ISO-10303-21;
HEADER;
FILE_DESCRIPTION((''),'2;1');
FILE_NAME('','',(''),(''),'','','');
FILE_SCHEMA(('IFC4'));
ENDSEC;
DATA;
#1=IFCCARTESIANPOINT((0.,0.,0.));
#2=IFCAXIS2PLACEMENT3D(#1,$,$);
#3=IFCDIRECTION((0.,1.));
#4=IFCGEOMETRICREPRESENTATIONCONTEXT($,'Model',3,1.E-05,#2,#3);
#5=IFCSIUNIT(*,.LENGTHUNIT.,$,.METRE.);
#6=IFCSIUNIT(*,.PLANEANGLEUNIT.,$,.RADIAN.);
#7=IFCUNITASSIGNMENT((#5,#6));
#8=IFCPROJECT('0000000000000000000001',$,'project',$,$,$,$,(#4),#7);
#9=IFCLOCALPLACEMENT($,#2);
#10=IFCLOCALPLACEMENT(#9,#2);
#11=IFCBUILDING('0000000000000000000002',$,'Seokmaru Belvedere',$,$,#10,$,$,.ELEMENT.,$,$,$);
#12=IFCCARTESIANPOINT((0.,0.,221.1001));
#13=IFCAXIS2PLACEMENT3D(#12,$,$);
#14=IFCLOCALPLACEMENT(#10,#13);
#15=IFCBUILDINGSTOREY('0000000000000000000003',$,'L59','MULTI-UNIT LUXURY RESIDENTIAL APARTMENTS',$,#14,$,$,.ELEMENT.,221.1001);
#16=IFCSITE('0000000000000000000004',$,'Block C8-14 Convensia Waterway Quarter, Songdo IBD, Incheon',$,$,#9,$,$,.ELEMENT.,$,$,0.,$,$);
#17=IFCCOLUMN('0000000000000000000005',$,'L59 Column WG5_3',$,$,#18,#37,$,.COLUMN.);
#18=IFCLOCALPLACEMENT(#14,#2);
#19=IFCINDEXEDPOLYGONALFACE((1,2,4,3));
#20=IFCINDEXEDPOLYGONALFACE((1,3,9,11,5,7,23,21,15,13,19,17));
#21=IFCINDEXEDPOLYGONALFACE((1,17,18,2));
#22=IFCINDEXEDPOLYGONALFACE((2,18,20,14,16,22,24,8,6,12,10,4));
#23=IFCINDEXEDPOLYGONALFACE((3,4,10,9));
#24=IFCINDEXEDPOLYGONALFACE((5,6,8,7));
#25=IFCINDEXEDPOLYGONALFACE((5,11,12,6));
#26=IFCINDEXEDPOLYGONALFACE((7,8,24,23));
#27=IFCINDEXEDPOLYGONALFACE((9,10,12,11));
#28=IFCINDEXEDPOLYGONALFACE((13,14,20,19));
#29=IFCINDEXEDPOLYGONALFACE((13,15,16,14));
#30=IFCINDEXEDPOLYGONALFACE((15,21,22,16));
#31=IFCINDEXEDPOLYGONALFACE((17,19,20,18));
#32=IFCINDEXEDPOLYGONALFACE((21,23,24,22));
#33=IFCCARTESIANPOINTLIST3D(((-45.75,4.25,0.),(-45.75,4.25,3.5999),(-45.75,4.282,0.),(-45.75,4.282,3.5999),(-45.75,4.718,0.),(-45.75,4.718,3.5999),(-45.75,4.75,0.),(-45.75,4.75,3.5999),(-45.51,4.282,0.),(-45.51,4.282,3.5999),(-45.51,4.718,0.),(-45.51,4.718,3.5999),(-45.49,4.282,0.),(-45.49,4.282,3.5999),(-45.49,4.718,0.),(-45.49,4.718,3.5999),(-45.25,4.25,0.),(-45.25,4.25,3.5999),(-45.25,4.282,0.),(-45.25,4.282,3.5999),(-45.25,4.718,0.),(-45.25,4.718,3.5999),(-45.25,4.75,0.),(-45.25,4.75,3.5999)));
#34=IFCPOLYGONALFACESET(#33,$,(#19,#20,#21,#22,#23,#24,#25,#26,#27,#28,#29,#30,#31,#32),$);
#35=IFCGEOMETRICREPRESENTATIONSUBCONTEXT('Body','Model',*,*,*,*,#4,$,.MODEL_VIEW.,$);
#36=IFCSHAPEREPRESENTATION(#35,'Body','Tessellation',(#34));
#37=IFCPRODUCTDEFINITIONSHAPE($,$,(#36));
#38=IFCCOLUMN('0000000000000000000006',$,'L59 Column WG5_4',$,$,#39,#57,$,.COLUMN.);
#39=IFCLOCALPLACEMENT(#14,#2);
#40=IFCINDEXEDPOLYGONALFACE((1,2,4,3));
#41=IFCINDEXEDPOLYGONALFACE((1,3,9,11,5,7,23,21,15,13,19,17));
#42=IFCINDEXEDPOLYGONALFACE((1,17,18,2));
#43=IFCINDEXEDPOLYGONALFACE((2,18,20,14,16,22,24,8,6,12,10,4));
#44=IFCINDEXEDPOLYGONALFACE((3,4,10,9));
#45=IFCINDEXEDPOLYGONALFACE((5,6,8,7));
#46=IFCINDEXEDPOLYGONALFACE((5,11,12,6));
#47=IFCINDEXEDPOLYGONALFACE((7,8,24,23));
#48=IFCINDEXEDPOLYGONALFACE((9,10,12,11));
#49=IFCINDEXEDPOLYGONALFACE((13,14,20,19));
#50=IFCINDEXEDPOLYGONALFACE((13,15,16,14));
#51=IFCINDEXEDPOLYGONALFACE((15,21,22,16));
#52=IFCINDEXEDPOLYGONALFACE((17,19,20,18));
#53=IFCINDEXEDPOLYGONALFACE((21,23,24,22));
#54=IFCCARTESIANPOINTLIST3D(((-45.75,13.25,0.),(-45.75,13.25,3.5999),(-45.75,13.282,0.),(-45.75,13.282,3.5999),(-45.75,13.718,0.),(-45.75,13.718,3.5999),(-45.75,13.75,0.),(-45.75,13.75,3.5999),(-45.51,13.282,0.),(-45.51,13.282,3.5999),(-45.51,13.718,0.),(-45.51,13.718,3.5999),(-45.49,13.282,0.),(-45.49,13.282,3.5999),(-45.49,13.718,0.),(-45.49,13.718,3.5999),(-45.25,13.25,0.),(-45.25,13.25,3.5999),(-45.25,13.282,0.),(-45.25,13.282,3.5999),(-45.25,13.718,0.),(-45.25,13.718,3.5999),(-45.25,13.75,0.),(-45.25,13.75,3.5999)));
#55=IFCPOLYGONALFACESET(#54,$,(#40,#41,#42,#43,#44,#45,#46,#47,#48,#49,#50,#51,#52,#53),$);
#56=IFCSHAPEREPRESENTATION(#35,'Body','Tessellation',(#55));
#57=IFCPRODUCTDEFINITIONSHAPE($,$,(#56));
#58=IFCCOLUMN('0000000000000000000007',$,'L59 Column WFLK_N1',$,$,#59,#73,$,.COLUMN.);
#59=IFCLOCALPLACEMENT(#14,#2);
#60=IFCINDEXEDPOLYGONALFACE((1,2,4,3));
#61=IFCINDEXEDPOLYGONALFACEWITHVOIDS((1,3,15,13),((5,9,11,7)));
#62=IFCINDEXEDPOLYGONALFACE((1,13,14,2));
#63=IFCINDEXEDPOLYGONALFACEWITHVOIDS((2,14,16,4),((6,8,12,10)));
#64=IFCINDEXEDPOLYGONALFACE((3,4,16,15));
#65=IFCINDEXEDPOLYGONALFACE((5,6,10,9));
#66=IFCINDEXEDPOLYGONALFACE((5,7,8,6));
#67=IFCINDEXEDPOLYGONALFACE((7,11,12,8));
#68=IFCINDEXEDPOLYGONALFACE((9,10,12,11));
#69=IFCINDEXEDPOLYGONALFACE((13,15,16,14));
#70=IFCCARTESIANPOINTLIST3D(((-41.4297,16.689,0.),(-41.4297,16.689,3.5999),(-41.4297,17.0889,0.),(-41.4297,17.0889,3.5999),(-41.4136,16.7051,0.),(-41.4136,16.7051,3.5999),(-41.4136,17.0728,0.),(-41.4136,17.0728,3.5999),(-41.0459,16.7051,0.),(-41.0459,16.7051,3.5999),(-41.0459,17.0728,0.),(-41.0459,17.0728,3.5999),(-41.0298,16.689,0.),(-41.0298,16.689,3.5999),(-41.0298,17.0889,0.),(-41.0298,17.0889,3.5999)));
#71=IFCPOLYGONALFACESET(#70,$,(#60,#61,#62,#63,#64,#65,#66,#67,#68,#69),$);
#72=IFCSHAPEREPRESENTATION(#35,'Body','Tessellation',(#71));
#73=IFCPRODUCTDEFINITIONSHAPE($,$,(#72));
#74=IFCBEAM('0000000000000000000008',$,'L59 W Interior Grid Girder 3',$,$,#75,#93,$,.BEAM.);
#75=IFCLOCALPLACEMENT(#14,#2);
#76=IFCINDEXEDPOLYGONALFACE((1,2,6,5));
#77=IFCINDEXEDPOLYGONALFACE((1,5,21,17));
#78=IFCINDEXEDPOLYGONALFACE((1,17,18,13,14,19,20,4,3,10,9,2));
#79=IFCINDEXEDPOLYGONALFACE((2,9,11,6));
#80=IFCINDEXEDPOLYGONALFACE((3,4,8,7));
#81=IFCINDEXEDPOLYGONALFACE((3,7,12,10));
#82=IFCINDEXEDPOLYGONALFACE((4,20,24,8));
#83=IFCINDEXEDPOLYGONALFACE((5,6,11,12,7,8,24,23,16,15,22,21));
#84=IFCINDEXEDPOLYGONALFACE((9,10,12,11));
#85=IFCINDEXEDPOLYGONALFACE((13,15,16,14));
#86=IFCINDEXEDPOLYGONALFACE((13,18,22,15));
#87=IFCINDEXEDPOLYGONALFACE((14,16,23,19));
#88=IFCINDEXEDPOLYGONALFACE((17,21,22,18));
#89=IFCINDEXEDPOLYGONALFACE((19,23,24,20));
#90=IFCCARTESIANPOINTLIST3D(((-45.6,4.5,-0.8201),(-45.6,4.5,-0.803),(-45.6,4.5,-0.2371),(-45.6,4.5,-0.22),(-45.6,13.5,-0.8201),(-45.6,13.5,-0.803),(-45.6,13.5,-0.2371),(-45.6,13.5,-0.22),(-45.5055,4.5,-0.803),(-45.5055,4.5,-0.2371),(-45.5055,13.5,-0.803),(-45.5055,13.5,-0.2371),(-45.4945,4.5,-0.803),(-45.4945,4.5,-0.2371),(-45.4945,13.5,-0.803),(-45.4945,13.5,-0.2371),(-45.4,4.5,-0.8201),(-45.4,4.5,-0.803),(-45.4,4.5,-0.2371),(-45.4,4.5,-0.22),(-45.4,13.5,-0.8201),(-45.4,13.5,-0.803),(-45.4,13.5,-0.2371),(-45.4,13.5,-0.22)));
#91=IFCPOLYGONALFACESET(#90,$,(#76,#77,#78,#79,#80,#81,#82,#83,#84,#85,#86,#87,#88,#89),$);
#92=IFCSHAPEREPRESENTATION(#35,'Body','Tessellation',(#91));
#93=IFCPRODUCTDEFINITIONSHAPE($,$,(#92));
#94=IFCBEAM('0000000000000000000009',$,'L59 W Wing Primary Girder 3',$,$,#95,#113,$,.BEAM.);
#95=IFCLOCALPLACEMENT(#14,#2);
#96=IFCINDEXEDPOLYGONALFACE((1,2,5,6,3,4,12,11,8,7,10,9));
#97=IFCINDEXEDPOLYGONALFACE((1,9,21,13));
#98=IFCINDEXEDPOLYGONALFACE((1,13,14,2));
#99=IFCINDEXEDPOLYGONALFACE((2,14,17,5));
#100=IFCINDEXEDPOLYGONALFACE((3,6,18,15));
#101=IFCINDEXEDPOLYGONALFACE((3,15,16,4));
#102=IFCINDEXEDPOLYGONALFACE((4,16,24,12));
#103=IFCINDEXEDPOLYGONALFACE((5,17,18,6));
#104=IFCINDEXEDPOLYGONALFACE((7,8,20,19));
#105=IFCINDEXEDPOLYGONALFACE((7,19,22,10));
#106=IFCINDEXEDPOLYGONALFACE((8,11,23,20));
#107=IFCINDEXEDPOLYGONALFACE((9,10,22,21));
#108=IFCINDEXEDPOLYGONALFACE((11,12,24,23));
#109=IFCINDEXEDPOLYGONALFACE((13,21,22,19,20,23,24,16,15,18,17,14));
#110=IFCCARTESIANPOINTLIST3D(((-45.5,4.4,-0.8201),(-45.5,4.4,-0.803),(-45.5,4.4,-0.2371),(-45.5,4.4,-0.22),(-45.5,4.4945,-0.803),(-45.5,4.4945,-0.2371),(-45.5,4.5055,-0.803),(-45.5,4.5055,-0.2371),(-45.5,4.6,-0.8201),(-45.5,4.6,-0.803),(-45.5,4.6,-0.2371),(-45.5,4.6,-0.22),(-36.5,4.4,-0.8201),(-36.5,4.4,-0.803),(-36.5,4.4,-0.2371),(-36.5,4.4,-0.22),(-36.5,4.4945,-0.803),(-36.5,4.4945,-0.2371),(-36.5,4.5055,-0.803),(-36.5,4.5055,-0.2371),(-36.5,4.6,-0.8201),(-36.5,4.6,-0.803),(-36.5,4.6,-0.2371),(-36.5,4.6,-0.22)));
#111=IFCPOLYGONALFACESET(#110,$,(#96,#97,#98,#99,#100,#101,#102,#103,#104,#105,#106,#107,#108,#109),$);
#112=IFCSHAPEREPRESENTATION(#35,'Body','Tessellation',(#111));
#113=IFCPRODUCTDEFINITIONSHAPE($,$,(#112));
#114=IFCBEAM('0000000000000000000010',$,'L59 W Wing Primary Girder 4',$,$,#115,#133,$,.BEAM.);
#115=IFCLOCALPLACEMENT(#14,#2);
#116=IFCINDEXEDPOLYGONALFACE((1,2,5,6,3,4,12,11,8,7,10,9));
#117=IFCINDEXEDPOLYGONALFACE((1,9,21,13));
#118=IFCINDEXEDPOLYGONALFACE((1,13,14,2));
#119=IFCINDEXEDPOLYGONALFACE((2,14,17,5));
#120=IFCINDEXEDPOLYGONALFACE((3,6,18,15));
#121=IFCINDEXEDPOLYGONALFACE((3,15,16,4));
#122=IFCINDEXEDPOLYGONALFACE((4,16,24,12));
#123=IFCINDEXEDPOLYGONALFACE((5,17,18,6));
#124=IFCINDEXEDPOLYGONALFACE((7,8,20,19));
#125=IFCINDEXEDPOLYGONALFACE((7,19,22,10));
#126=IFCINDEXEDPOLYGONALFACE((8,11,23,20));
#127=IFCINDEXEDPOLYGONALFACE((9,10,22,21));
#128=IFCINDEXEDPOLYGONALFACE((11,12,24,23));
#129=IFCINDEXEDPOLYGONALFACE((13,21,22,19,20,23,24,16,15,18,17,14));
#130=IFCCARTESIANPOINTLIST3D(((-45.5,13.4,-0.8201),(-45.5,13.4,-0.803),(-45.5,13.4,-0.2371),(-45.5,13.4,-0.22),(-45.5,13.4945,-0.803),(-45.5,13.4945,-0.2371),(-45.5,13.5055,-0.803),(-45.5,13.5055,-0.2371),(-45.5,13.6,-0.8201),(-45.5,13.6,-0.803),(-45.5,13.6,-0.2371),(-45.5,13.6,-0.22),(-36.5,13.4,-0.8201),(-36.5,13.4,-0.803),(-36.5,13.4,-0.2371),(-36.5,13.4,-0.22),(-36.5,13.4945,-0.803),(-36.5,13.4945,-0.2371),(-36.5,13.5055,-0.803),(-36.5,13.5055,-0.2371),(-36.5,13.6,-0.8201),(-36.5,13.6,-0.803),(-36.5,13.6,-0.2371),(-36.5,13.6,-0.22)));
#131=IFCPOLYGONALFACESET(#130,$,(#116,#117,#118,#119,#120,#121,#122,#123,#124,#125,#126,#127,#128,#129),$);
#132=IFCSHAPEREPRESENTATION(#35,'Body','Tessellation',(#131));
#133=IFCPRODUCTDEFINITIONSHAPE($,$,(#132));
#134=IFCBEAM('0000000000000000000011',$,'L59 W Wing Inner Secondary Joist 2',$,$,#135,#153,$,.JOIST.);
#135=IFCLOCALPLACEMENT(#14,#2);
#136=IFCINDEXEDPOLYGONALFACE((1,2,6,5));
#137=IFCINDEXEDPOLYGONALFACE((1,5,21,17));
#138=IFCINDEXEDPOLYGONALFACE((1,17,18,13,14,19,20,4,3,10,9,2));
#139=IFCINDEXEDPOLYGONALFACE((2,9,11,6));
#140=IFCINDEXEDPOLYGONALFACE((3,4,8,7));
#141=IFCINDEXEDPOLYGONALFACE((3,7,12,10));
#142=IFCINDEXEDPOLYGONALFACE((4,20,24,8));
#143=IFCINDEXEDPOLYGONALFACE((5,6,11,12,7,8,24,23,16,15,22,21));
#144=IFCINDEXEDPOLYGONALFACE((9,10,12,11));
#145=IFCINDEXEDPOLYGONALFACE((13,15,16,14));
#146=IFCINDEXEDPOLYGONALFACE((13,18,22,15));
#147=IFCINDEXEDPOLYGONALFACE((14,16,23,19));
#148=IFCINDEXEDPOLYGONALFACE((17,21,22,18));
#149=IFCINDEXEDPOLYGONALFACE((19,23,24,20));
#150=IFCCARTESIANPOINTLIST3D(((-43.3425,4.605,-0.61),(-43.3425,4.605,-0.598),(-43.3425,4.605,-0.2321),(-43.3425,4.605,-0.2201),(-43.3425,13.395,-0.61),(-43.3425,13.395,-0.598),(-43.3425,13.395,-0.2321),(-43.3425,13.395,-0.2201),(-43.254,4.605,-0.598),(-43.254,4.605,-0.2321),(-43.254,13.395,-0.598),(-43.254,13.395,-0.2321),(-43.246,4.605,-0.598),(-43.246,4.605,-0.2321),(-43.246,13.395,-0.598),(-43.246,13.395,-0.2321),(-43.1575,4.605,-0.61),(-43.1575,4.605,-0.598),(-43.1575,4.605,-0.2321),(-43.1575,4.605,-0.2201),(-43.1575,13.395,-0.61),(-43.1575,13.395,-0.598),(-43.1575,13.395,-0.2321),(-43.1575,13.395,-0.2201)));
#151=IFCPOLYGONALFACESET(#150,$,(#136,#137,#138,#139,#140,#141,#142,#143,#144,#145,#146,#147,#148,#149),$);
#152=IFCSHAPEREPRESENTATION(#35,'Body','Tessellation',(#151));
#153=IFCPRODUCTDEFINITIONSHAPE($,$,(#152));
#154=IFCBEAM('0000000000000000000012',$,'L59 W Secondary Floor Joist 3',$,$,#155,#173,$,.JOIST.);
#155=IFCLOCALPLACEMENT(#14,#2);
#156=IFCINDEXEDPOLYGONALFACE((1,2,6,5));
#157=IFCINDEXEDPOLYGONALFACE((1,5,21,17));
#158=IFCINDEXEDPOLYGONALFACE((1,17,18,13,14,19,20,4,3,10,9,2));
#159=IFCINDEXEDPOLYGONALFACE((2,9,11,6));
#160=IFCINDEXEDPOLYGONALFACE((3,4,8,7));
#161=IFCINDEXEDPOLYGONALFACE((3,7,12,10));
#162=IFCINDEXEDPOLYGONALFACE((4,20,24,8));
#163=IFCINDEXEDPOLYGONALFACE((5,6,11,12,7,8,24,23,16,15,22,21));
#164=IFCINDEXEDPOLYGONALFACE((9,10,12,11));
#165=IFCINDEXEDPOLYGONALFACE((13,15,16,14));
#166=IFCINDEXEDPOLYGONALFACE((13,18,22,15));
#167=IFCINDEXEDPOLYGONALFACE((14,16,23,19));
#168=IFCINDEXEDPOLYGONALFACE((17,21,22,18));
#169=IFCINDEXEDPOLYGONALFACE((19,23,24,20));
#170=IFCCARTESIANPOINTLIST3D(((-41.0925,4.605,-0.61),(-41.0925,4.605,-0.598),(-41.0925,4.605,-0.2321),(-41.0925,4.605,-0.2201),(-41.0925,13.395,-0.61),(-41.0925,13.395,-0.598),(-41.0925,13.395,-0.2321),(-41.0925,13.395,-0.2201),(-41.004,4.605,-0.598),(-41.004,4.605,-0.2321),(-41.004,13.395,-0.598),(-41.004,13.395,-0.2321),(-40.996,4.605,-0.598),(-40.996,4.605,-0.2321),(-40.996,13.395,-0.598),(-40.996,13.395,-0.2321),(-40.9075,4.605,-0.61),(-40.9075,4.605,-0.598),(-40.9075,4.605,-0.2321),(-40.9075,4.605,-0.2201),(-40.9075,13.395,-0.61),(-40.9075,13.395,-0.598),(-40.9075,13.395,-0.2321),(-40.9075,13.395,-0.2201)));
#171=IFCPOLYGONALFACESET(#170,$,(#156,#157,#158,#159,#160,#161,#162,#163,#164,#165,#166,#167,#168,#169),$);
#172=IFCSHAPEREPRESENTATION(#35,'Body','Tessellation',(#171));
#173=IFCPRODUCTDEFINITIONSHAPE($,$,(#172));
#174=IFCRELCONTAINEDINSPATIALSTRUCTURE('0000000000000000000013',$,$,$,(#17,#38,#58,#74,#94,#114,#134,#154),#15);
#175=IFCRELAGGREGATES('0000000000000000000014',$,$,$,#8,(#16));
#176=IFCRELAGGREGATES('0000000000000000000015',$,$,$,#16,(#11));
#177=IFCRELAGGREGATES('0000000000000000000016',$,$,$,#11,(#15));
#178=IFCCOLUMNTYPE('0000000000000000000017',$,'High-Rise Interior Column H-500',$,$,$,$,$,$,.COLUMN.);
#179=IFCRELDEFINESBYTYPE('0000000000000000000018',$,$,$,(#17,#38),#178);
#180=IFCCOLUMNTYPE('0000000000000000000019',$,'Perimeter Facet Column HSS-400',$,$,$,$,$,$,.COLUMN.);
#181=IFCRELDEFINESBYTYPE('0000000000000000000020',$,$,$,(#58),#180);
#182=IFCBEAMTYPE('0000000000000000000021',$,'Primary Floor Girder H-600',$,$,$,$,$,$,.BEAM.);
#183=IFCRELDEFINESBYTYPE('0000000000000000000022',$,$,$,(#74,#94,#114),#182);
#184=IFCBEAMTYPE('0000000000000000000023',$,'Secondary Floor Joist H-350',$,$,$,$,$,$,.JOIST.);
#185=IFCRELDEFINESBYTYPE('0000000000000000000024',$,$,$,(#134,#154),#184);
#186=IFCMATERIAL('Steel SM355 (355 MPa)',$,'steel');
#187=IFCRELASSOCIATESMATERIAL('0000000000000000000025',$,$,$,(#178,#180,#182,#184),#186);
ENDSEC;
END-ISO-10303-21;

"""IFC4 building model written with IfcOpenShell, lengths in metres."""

from ifc_helpers import new_model, si_unit, direction, frame, origin, origin_2d, place, context, subcontext, project, spatial, hollow_rectangle, i_section, extrude, source, transform, mapped, material, material_profile, profile_set, type_object, type_shapes, element, save


model = new_model("IFC4")

# Units and contexts
model_context = context("Model", 3, precision=1e-05, world=origin(), true_north=direction((0.0, 1.0)))
body_context = subcontext(model_context, "Body", "Model", "MODEL_VIEW")
ifc_project = project(units=[si_unit("LENGTHUNIT", "METRE"), si_unit("PLANEANGLEUNIT", "RADIAN")], contexts=[model_context])

# Site, building, storey
site_placement = place(None, origin())
site = spatial("IfcSite", under=ifc_project, at=site_placement, Name="Block C8-14 Convensia Waterway Quarter, Songdo IBD, Incheon", CompositionType="ELEMENT", RefElevation=0.0)
building_placement = place(site_placement, origin())
building = spatial("IfcBuilding", under=site, at=building_placement, Name="Seokmaru Belvedere", CompositionType="ELEMENT")
storey_placement = place(building_placement, frame((0.0, 0.0, 221.1001)))
storey = spatial("IfcBuildingStorey", under=building, at=storey_placement, Name="L59", Description="MULTI-UNIT LUXURY RESIDENTIAL APARTMENTS", CompositionType="ELEMENT", Elevation=221.1001)

# Columns
ifc_material_1 = material(Name="Steel SM355 (355 MPa)", Category="steel")
ifc_material_profile_1 = material_profile(ifc_material_1, i_section(OverallWidth=0.5, OverallDepth=0.5, WebThickness=0.02, FlangeThickness=0.032, at=origin_2d()), Name="H-500x500x20x32")
ifc_profile_set_1 = profile_set([ifc_material_profile_1], Name="Steel SM355 (355 MPa)")
column_type_1 = type_object("IfcColumnType", Name="High-Rise Interior Column H-500", PredefinedType="COLUMN", material=ifc_profile_set_1)
shared_shape_1 = source(origin(), body_context, "Body", "SweptSolid", [
    extrude(i_section(OverallWidth=0.5, OverallDepth=0.5, WebThickness=0.02, FlangeThickness=0.032, at=origin_2d()), origin(), (0.0, 0.0, 1.0), 3.5999),
])
type_shapes(column_type_1, [shared_shape_1])
for number, where, z_axis, x_axis, name in (
    (1, (-45.5, 4.5, 0.0), (0.0, 0.0, 1.0), (1.0, 0.0, 0.0), "L59 Column WG5_3"),
    (2, (-45.5, 13.5, 0.0), (0.0, 0.0, 1.0), (1.0, 0.0, 0.0), "L59 Column WG5_4"),
):
    element("IfcColumn", number, at=place(storey_placement, frame(where, z_axis=z_axis, x_axis=x_axis)), inside=storey, type_object=column_type_1, Name=name, PredefinedType="COLUMN", context=body_context, shape_type="MappedRepresentation", body=[
        mapped(shared_shape_1, transform((0.0, 0.0, 0.0), scale=1.0)),
    ])
ifc_material_profile_2 = material_profile(ifc_material_1, hollow_rectangle(XDim=0.3999, YDim=0.3999, WallThickness=0.0161, at=origin_2d()), Name="HSS-400x400x16")
ifc_profile_set_2 = profile_set([ifc_material_profile_2], Name="Steel SM355 (355 MPa)")
column_type_2 = type_object("IfcColumnType", Name="Perimeter Facet Column HSS-400", PredefinedType="COLUMN", material=ifc_profile_set_2)
shared_shape_2 = source(origin(), body_context, "Body", "SweptSolid", [
    extrude(hollow_rectangle(XDim=0.3999, YDim=0.3999, WallThickness=0.0161, at=origin_2d()), origin(), (0.0, 0.0, 1.0), 3.5999),
])
type_shapes(column_type_2, [shared_shape_2])
column_placement = place(storey_placement, frame((-41.2297, 16.8889, 0.0), z_axis=(0.0, 0.0, 1.0), x_axis=(1.0, 0.0, 0.0)))
element("IfcColumn", 3, at=column_placement, inside=storey, type_object=column_type_2, Name="L59 Column WFLK_N1", PredefinedType="COLUMN", context=body_context, shape_type="MappedRepresentation", body=[
    mapped(shared_shape_2, transform((0.0, 0.0, 0.0), scale=1.0)),
])

# Beams
ifc_material_profile_3 = material_profile(ifc_material_1, i_section(OverallWidth=0.2, OverallDepth=0.6001, WebThickness=0.011, FlangeThickness=0.0171, at=origin_2d()), Name="H-600x200x11x17")
ifc_profile_set_3 = profile_set([ifc_material_profile_3], Name="Steel SM355 (355 MPa)")
beam_type_1 = type_object("IfcBeamType", Name="Primary Floor Girder H-600", PredefinedType="BEAM", material=ifc_profile_set_3)
shared_shape_3 = source(origin(), body_context, "Body", "SweptSolid", [
    extrude(i_section(OverallWidth=0.2, OverallDepth=0.6001, WebThickness=0.011, FlangeThickness=0.0171, at=origin_2d()), origin(), (0.0, 0.0, 1.0), 9.0),
])
for number, where, z_axis, x_axis, name in (
    (4, (-45.5, 4.5, -0.52), (0.0, 1.0, 0.0), (-1.0, 0.0, 0.0), "L59 W Interior Grid Girder 3"),
    (5, (-45.5, 4.5, -0.52), (1.0, 0.0, 0.0), (0.0, 1.0, 0.0), "L59 W Wing Primary Girder 3"),
    (6, (-45.5, 13.5, -0.52), (1.0, 0.0, 0.0), (0.0, 1.0, 0.0), "L59 W Wing Primary Girder 4"),
):
    element("IfcBeam", number, at=place(storey_placement, frame(where, z_axis=z_axis, x_axis=x_axis)), inside=storey, type_object=beam_type_1, Name=name, PredefinedType="BEAM", context=body_context, shape_type="MappedRepresentation", body=[
        mapped(shared_shape_3, transform((0.0, 0.0, 0.0), scale=1.0)),
    ])
ifc_material_profile_4 = material_profile(ifc_material_1, i_section(OverallWidth=0.1851, OverallDepth=0.3899, WebThickness=0.0081, FlangeThickness=0.012, at=origin_2d()), Name="H-390x185x8x12")
ifc_profile_set_4 = profile_set([ifc_material_profile_4], Name="Steel SM355 (355 MPa)")
beam_type_2 = type_object("IfcBeamType", Name="Secondary Floor Joist H-350", PredefinedType="JOIST", material=ifc_profile_set_4)
shared_shape_4 = source(origin(), body_context, "Body", "SweptSolid", [
    extrude(i_section(OverallWidth=0.1851, OverallDepth=0.3899, WebThickness=0.0081, FlangeThickness=0.012, at=origin_2d()), origin(), (0.0, 0.0, 1.0), 8.79),
])
type_shapes(beam_type_2, [shared_shape_4])
for number, where, z_axis, x_axis, name in (
    (7, (-43.25, 4.605, -0.415), (0.0, 1.0, 0.0), (-1.0, 0.0, 0.0), "L59 W Wing Inner Secondary Joist 2"),
    (8, (-41.0, 4.605, -0.415), (0.0, 1.0, 0.0), (-1.0, 0.0, 0.0), "L59 W Secondary Floor Joist 3"),
):
    element("IfcBeam", number, at=place(storey_placement, frame(where, z_axis=z_axis, x_axis=x_axis)), inside=storey, type_object=beam_type_2, Name=name, PredefinedType="JOIST", context=body_context, shape_type="MappedRepresentation", body=[
        mapped(shared_shape_4, transform((0.0, 0.0, 0.0), scale=1.0)),
    ])

save(model, "model.ifc")
